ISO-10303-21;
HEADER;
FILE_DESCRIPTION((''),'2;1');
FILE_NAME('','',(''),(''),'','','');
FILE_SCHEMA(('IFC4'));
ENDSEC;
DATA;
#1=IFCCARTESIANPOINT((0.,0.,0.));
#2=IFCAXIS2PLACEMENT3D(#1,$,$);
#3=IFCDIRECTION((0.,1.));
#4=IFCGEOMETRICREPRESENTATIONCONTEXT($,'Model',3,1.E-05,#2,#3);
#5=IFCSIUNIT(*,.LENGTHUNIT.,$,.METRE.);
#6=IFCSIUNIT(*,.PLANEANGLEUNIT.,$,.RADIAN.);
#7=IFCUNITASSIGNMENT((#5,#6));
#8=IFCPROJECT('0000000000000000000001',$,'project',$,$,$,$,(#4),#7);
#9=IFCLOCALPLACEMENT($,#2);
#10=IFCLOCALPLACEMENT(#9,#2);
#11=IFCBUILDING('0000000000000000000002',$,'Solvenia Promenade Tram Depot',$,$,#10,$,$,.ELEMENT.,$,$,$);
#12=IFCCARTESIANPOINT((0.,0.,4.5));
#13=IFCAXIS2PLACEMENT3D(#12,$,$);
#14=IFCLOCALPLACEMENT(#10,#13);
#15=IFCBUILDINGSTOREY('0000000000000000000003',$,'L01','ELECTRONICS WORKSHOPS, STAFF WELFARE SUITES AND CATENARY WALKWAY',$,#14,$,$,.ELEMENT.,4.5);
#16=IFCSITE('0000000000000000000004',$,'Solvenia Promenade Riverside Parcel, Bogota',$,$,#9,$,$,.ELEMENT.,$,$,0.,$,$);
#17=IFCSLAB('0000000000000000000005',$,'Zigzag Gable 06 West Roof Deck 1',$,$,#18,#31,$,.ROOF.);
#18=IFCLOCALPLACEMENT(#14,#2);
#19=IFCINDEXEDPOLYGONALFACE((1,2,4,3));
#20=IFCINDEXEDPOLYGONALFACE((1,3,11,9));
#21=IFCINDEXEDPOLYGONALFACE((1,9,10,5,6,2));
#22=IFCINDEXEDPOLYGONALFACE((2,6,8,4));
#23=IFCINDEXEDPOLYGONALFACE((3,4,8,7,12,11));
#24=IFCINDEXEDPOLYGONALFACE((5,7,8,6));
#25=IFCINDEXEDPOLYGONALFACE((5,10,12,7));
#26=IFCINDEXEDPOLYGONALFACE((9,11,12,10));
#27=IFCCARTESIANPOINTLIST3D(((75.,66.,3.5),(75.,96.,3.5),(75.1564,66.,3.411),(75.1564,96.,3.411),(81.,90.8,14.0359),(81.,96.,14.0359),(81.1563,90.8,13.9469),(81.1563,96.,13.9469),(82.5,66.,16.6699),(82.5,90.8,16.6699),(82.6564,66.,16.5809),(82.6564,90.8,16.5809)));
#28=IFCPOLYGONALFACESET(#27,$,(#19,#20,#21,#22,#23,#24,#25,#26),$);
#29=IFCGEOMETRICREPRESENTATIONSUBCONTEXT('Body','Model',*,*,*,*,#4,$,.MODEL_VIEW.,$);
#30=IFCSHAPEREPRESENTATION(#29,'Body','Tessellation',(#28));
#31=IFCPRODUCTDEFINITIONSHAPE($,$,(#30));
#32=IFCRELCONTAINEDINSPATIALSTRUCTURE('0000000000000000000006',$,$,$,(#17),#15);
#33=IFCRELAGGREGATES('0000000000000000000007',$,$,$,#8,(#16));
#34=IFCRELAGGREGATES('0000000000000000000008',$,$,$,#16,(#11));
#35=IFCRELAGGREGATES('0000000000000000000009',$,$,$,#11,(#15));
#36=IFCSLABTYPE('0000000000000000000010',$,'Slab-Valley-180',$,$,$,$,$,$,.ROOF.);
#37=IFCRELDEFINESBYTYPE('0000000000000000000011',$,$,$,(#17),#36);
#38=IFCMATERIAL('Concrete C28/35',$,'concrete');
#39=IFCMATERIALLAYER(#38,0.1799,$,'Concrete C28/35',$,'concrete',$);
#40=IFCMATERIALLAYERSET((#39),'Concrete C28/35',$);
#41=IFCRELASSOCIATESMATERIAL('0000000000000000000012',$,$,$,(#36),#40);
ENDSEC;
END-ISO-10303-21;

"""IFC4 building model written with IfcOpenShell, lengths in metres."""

from ifc_helpers import new_model, si_unit, direction, frame, origin, place, context, subcontext, project, spatial, polyline, outline, extrude, material, layer, layer_set, type_object, element, save


model = new_model("IFC4")

# Units and contexts
model_context = context("Model", 3, precision=1e-05, world=origin(), true_north=direction((0.0, 1.0)))
body_context = subcontext(model_context, "Body", "Model", "MODEL_VIEW")
ifc_project = project(units=[si_unit("LENGTHUNIT", "METRE"), si_unit("PLANEANGLEUNIT", "RADIAN")], contexts=[model_context])

# Site, building, storey
site_placement = place(None, origin())
site = spatial("IfcSite", under=ifc_project, at=site_placement, Name="Solvenia Promenade Riverside Parcel, Bogota", CompositionType="ELEMENT", RefElevation=0.0)
building_placement = place(site_placement, origin())
building = spatial("IfcBuilding", under=site, at=building_placement, Name="Solvenia Promenade Tram Depot", CompositionType="ELEMENT")
storey_placement = place(building_placement, frame((0.0, 0.0, 4.5)))
storey = spatial("IfcBuildingStorey", under=building, at=storey_placement, Name="L01", Description="ELECTRONICS WORKSHOPS, STAFF WELFARE SUITES AND CATENARY WALKWAY", CompositionType="ELEMENT", Elevation=4.5)

# Slab
ifc_material_1 = material(Name="Concrete C28/35", Category="concrete")
ifc_layer_1 = layer(ifc_material_1, 0.1799, Name="Concrete C28/35", Category="concrete")
ifc_layer_set_1 = layer_set([ifc_layer_1], Name="Concrete C28/35")
slab_type = type_object("IfcSlabType", Name="Slab-Valley-180", PredefinedType="ROOF", material=ifc_layer_set_1)
slab_placement = place(storey_placement, frame((75.0, 66.0, 3.5), z_axis=(-0.868972, 0.0, 0.494862), x_axis=(0.0, 1.0, 0.0)))
element("IfcSlab", 1, at=slab_placement, inside=storey, type_object=slab_type, Name="Zigzag Gable 06 West Roof Deck 1", PredefinedType="ROOF", context=body_context, shape_type="SweptSolid", body=[
    extrude(outline(polyline([(0.0, 0.0), (30.0, 0.0), (30.0, -12.1246), (24.8, -12.1246), (24.8, -15.1558), (0.0, -15.1558), (0.0, 0.0)])), origin(), (0.0, 0.0, -1.0), 0.1799),
])

save(model, "model.ifc")
